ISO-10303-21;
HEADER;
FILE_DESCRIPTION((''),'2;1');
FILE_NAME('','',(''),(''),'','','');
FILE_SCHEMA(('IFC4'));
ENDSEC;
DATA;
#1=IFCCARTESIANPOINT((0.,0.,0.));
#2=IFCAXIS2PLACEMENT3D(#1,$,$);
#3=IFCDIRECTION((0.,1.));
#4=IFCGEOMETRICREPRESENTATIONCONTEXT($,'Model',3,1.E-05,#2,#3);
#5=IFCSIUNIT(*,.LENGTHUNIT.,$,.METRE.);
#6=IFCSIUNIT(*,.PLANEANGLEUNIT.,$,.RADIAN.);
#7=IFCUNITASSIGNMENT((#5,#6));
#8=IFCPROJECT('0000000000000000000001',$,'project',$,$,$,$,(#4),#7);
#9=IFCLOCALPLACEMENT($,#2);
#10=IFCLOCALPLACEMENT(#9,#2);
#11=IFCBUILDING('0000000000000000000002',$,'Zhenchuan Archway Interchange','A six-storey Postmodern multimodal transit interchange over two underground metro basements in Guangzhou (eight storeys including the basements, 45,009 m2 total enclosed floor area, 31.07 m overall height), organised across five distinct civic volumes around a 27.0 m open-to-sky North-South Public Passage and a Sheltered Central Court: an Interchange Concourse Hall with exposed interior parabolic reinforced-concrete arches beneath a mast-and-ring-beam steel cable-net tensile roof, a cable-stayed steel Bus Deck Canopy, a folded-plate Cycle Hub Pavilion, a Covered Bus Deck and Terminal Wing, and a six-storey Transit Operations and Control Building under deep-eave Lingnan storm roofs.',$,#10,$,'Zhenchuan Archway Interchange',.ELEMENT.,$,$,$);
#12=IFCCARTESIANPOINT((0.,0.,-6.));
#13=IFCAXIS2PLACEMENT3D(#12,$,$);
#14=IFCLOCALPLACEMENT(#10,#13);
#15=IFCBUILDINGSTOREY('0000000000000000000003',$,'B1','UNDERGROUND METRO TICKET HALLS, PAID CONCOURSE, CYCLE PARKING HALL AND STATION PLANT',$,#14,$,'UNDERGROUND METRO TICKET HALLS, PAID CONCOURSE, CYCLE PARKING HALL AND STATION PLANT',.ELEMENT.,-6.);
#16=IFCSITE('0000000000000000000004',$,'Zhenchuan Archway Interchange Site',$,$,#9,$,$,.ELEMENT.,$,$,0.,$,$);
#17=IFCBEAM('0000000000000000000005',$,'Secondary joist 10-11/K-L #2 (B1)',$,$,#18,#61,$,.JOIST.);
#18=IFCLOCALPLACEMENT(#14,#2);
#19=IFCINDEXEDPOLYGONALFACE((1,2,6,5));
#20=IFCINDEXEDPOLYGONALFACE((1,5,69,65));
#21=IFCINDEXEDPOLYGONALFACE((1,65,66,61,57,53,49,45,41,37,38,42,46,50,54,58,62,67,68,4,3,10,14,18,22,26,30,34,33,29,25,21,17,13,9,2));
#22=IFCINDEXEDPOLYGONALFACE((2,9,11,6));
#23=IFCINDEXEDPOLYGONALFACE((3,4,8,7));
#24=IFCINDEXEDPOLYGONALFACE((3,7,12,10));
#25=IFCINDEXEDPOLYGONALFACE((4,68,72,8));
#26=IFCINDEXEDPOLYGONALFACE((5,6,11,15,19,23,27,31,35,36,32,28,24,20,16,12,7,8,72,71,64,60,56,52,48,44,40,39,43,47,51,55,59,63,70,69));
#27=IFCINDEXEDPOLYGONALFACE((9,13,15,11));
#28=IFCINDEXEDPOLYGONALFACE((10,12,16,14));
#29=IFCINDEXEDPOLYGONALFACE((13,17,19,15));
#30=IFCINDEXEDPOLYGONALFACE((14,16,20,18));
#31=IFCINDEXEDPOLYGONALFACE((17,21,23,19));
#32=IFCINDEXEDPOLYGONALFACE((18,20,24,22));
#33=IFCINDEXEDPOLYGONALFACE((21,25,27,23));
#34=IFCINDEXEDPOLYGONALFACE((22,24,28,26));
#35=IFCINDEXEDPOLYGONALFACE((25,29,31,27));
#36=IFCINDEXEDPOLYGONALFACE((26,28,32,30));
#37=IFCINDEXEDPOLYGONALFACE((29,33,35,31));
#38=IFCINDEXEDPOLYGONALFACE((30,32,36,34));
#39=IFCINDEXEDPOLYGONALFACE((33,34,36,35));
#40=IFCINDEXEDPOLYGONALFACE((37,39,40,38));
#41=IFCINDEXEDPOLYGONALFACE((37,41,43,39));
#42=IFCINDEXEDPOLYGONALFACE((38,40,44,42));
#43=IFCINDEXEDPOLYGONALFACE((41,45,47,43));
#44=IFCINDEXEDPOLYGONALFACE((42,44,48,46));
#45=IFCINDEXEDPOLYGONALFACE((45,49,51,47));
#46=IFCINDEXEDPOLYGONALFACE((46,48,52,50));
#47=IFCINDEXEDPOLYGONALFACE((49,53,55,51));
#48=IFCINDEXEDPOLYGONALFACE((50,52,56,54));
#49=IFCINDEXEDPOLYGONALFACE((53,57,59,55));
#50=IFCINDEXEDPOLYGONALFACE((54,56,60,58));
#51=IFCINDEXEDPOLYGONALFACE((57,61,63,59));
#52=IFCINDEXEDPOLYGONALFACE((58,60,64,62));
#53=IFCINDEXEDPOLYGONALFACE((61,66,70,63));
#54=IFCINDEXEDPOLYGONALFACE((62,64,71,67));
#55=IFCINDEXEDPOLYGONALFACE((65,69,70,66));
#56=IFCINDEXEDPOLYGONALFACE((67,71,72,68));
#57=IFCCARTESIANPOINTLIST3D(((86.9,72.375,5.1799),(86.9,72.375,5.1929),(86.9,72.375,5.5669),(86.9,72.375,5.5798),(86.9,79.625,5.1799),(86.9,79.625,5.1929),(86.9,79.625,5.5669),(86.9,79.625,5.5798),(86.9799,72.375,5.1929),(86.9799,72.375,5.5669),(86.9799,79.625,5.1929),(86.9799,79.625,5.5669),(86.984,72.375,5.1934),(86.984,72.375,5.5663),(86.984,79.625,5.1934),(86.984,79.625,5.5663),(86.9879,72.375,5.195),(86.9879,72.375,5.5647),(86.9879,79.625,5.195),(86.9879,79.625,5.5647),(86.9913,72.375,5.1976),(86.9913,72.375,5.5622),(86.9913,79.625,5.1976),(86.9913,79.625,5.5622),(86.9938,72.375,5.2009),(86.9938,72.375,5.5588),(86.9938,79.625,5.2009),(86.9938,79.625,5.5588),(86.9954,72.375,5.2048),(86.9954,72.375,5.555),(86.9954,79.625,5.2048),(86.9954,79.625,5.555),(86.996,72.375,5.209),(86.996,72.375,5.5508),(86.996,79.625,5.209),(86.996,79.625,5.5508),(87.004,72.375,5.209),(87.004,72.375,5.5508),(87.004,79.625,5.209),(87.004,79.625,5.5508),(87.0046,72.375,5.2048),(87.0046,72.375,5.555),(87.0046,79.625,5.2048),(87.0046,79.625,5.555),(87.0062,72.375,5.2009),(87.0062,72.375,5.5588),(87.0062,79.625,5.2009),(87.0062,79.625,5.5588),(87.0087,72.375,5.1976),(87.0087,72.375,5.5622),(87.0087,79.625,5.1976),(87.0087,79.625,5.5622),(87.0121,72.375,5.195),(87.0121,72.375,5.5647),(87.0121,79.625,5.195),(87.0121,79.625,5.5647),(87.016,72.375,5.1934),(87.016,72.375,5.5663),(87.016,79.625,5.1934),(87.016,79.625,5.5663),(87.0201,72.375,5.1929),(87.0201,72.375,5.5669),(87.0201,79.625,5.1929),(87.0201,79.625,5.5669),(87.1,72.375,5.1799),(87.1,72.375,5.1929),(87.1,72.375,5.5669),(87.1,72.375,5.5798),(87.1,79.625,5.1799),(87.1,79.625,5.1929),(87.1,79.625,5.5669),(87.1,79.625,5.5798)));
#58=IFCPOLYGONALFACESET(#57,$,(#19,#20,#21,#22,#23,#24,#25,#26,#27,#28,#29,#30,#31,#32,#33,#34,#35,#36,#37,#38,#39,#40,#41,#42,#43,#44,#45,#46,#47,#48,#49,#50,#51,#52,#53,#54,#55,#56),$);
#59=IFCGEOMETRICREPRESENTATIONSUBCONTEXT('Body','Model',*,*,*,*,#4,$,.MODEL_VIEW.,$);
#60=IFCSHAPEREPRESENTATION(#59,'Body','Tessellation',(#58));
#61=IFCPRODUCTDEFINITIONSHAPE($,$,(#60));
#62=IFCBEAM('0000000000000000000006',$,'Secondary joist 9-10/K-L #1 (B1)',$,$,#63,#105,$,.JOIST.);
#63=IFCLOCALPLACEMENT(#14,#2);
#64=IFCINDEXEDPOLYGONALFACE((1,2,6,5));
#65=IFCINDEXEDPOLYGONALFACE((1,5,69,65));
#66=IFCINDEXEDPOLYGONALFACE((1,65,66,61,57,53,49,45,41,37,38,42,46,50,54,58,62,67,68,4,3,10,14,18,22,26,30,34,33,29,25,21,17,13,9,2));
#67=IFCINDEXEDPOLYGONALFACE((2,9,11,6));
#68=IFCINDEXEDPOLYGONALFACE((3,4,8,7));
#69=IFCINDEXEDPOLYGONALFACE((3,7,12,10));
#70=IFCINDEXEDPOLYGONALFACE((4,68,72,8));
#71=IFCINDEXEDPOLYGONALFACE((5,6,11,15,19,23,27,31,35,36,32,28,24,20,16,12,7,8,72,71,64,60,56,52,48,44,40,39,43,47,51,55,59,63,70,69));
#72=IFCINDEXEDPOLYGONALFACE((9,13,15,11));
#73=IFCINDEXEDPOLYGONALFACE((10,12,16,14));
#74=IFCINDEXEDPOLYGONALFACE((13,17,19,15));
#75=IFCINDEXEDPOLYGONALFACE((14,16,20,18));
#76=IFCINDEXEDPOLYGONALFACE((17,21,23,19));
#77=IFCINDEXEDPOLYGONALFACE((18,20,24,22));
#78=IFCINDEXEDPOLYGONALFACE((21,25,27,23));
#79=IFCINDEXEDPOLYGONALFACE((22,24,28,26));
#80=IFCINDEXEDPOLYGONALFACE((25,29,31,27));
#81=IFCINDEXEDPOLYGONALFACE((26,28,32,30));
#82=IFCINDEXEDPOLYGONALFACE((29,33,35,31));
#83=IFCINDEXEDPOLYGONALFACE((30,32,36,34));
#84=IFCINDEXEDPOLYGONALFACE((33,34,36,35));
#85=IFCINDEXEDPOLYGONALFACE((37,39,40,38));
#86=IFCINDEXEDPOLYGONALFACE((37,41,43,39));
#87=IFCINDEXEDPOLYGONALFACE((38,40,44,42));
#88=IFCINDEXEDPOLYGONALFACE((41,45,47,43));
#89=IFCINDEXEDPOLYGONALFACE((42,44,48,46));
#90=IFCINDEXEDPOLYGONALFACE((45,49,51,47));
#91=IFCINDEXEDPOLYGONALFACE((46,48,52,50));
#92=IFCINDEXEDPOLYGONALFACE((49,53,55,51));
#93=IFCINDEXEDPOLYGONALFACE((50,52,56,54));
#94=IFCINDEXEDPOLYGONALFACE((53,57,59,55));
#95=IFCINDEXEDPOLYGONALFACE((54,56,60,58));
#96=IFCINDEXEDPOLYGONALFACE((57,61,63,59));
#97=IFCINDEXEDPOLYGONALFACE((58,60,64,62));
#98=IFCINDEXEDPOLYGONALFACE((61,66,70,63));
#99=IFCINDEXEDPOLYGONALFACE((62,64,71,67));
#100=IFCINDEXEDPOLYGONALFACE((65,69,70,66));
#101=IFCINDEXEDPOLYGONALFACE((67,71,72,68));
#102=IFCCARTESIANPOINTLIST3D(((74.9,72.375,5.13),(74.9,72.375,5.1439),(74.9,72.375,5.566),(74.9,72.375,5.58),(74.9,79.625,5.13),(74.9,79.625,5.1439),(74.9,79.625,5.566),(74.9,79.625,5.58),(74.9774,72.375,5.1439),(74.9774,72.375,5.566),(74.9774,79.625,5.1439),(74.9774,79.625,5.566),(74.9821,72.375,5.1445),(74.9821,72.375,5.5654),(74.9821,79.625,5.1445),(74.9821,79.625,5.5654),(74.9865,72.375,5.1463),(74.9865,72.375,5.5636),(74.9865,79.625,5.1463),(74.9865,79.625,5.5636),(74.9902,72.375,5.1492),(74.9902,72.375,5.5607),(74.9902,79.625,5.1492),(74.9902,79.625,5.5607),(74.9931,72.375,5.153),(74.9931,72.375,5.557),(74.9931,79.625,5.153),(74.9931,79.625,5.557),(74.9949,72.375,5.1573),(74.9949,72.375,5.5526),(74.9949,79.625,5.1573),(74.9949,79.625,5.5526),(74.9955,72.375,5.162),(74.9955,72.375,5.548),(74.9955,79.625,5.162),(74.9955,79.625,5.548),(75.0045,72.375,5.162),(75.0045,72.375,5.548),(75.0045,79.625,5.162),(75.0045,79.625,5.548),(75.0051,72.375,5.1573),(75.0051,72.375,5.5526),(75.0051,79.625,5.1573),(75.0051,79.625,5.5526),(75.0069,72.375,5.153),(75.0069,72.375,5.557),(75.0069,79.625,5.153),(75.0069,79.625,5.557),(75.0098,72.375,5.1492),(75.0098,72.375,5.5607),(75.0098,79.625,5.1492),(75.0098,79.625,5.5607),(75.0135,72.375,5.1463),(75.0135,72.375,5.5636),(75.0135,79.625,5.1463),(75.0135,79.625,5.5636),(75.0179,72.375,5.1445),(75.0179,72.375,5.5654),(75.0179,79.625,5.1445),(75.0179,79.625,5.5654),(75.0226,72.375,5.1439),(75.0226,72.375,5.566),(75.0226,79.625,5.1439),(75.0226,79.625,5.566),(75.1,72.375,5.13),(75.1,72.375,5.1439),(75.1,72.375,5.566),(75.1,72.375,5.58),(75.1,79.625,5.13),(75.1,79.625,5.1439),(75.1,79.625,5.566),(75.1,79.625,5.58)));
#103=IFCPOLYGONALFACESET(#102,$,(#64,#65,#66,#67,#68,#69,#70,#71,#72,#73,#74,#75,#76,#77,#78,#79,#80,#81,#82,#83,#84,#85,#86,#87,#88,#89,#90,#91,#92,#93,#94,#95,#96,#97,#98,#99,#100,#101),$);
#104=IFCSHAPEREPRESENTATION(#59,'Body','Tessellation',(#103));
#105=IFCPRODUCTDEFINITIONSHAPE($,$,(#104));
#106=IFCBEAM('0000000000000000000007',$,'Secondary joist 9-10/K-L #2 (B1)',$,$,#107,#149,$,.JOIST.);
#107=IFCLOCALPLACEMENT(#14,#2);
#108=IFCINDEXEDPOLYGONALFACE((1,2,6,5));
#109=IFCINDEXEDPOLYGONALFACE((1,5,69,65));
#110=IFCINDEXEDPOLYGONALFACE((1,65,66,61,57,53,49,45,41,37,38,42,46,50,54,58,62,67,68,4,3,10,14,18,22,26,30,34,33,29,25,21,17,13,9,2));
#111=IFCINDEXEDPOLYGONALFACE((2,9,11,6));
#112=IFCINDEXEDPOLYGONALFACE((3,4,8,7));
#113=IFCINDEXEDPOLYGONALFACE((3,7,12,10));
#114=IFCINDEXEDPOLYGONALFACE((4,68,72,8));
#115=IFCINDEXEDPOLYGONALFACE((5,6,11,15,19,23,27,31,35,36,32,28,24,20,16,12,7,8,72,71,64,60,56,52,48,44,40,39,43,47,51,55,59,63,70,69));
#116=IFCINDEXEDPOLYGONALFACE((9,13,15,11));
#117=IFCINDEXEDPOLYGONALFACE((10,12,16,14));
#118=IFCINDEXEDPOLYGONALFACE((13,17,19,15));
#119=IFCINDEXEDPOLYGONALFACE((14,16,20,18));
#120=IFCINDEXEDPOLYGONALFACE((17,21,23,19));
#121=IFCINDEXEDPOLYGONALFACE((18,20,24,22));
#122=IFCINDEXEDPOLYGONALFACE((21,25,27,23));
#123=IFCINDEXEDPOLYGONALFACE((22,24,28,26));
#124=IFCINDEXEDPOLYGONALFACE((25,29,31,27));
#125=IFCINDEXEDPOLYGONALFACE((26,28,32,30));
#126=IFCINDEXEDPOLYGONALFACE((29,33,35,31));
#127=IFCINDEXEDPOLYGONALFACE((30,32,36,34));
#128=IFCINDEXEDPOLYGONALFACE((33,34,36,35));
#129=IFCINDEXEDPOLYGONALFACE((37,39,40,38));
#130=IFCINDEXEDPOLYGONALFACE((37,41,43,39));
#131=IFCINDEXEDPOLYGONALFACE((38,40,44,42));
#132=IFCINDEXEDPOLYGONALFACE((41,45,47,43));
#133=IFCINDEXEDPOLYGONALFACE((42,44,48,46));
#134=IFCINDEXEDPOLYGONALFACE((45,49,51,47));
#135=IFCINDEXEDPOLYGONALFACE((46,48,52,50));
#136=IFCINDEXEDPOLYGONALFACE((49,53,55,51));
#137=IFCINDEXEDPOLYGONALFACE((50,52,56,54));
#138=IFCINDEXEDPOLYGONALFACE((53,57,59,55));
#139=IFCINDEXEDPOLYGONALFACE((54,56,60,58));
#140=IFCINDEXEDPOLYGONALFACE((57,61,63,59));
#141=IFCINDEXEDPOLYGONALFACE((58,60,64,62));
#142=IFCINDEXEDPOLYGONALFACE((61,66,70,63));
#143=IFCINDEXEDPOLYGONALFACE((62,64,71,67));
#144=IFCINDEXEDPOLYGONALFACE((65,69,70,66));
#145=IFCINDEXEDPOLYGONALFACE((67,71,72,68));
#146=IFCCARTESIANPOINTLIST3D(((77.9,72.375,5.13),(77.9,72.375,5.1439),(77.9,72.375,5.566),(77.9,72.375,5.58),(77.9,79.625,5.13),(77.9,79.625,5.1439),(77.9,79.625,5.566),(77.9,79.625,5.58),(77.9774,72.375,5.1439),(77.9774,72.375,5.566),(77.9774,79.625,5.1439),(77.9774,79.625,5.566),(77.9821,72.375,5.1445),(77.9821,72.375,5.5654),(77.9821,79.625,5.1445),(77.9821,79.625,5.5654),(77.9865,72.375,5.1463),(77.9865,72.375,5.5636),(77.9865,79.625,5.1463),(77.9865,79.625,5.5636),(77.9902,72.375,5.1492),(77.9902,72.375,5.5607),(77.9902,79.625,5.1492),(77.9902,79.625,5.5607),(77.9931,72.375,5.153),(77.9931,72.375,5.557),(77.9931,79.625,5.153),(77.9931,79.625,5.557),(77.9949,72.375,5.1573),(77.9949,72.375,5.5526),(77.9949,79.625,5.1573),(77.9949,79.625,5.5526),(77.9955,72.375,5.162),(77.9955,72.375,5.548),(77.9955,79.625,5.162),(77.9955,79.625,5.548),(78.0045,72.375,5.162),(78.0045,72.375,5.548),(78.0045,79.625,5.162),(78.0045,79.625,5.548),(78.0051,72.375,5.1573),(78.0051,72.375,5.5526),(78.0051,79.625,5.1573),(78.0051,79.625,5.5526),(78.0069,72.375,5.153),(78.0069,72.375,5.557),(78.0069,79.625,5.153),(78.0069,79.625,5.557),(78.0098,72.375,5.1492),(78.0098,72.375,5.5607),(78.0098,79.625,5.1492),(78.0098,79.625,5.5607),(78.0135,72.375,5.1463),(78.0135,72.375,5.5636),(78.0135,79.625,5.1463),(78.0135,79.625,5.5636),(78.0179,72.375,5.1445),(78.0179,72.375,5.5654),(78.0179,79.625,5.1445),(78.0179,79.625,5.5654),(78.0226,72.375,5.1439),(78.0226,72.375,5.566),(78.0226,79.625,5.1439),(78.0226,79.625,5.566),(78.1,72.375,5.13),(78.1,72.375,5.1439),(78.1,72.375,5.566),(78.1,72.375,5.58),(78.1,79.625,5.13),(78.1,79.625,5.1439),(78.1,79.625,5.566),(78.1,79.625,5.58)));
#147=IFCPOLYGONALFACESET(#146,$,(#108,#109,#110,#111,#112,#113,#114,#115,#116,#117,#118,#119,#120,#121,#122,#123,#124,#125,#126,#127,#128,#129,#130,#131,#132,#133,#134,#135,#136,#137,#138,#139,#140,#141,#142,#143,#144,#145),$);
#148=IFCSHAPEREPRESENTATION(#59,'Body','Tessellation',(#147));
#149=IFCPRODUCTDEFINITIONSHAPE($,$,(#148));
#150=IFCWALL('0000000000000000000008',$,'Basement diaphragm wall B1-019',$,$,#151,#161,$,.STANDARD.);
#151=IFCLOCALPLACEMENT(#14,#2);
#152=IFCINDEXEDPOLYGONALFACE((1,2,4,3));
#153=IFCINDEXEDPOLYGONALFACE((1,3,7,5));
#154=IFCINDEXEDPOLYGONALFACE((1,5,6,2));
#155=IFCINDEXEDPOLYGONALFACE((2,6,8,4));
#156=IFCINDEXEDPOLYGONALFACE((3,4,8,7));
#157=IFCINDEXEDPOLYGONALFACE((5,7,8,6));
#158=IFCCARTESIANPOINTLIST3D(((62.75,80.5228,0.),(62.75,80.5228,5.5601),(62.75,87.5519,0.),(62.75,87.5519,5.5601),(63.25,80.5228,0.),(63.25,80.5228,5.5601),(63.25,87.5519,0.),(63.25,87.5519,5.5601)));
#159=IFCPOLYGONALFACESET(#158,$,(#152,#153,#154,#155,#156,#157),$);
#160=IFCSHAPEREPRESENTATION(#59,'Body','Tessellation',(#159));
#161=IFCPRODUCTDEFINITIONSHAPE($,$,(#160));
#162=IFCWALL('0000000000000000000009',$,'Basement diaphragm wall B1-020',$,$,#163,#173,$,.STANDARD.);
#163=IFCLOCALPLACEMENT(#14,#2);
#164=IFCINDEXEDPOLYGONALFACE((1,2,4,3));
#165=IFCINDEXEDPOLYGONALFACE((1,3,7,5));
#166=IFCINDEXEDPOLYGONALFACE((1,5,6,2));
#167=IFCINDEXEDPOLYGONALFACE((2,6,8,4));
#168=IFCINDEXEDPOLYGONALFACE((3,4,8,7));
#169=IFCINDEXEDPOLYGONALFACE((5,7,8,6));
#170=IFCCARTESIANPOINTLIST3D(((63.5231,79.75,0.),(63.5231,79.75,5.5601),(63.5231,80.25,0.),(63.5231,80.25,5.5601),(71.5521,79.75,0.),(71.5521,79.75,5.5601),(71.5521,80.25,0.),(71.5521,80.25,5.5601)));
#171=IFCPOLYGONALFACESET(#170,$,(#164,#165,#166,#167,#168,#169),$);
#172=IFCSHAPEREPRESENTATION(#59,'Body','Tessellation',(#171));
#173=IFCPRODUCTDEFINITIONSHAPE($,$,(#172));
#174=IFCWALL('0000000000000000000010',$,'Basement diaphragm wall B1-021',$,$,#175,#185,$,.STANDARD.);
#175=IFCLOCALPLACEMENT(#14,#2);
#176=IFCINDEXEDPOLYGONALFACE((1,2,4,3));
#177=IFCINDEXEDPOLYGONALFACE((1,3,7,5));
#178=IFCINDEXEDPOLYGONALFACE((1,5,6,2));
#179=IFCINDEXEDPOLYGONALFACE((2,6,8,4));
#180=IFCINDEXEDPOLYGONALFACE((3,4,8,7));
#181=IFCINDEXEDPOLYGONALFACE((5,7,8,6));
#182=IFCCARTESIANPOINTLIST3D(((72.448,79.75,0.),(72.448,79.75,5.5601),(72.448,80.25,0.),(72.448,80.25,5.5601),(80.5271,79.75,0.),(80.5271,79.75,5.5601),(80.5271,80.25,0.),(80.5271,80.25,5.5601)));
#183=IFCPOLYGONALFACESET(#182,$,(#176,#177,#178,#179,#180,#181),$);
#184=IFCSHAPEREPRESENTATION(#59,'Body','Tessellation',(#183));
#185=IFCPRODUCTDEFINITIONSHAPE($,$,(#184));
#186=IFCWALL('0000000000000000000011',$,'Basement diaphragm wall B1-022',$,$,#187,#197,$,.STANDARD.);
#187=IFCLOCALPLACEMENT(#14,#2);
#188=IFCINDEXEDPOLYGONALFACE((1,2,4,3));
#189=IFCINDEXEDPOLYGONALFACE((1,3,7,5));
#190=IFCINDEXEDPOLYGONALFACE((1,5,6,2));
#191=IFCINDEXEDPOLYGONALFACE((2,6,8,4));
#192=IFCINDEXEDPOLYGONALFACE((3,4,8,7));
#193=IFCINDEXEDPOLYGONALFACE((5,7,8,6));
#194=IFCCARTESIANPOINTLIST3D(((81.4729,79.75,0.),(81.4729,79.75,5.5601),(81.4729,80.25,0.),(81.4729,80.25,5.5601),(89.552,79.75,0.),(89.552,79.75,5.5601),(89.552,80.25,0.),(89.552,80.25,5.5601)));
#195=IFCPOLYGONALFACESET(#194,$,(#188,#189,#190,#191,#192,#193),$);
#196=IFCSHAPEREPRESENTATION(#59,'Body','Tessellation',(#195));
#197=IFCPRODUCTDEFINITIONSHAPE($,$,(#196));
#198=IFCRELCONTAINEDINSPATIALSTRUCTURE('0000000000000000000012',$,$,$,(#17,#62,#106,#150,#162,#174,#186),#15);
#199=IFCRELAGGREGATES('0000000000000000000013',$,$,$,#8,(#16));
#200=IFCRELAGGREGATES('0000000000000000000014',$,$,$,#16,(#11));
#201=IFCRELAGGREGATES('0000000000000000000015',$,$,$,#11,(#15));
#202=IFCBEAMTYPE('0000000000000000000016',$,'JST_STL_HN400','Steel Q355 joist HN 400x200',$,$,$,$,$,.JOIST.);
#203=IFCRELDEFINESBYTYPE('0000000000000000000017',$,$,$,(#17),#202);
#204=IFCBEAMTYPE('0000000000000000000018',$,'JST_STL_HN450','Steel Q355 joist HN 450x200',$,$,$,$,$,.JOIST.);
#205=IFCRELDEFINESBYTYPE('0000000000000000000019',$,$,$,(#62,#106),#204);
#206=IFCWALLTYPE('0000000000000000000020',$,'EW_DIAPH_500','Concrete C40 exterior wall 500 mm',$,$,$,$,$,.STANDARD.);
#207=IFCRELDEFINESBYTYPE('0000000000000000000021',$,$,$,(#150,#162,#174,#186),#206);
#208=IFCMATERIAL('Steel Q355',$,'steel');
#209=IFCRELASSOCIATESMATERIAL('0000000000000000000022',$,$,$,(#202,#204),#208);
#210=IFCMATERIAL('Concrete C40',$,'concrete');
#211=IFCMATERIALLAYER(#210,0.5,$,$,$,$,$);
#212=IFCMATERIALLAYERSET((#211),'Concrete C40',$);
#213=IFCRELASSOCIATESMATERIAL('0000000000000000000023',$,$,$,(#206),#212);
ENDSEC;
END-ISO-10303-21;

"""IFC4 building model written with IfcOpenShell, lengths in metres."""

from ifc_helpers import new_model, si_unit, direction, frame, frame_2d, origin, origin_2d, place, context, subcontext, project, spatial, rectangle, i_section, extrude, material, layer, layer_set, material_profile, profile_set, type_object, element, save


model = new_model("IFC4")

# Units and contexts
model_context = context("Model", 3, precision=1e-05, world=origin(), true_north=direction((0.0, 1.0)))
body_context = subcontext(model_context, "Body", "Model", "MODEL_VIEW")
ifc_project = project(units=[si_unit("LENGTHUNIT", "METRE"), si_unit("PLANEANGLEUNIT", "RADIAN")], contexts=[model_context])

# Site, building, storey
site_placement = place(None, origin())
site = spatial("IfcSite", under=ifc_project, at=site_placement, Name="Zhenchuan Archway Interchange Site", CompositionType="ELEMENT", RefElevation=0.0)
building_placement = place(site_placement, origin())
building = spatial("IfcBuilding", under=site, at=building_placement, Name="Zhenchuan Archway Interchange", Description="A six-storey Postmodern multimodal transit interchange over two underground metro basements in Guangzhou (eight storeys including the basements, 45,009 m2 total enclosed floor area, 31.07 m overall height), organised across five distinct civic volumes around a 27.0 m open-to-sky North-South Public Passage and a Sheltered Central Court: an Interchange Concourse Hall with exposed interior parabolic reinforced-concrete arches beneath a mast-and-ring-beam steel cable-net tensile roof, a cable-stayed steel Bus Deck Canopy, a folded-plate Cycle Hub Pavilion, a Covered Bus Deck and Terminal Wing, and a six-storey Transit Operations and Control Building under deep-eave Lingnan storm roofs.", LongName="Zhenchuan Archway Interchange", CompositionType="ELEMENT")
storey_placement = place(building_placement, frame((0.0, 0.0, -6.0)))
storey = spatial("IfcBuildingStorey", under=building, at=storey_placement, Name="B1", Description="UNDERGROUND METRO TICKET HALLS, PAID CONCOURSE, CYCLE PARKING HALL AND STATION PLANT", LongName="UNDERGROUND METRO TICKET HALLS, PAID CONCOURSE, CYCLE PARKING HALL AND STATION PLANT", CompositionType="ELEMENT", Elevation=-6.0)

# Beams
ifc_material_1 = material(Name="Concrete C40", Category="concrete")
ifc_material_2 = material(Name="Steel Q355", Category="steel")
ifc_material_profile_1 = material_profile(ifc_material_2, i_section(OverallWidth=0.2, OverallDepth=0.3999, WebThickness=0.0081, FlangeThickness=0.0129, FilletRadius=0.0161, at=origin_2d()), Name="HN 400x200")
ifc_profile_set_1 = profile_set([ifc_material_profile_1], Name="Steel Q355")
beam_type_1 = type_object("IfcBeamType", Name="JST_STL_HN400", Description="Steel Q355 joist HN 400x200", PredefinedType="JOIST", material=ifc_profile_set_1)
for number, where, z_axis, x_axis, name in (
    (1, (87.0, 72.375, 5.3799), (0.0, 1.0, 0.0), (-1.0, 0.0, 0.0), "Secondary joist 10-11/K-L #2 (B1)"),
):
    element("IfcBeam", number, at=place(storey_placement, frame(where, z_axis=z_axis, x_axis=x_axis)), inside=storey, type_object=beam_type_1, Name=name, PredefinedType="JOIST", context=body_context, shape_type="SweptSolid", body=[
        extrude(i_section(OverallWidth=0.2, OverallDepth=0.3999, WebThickness=0.0081, FlangeThickness=0.0129, FilletRadius=0.0161, at=origin_2d()), origin(), (0.0, 0.0, 1.0), 7.25),
    ])
ifc_material_profile_2 = material_profile(ifc_material_2, i_section(OverallWidth=0.2, OverallDepth=0.45, WebThickness=0.009, FlangeThickness=0.0139, FilletRadius=0.0181, at=origin_2d()), Name="HN 450x200")
ifc_profile_set_2 = profile_set([ifc_material_profile_2], Name="Steel Q355")
beam_type_2 = type_object("IfcBeamType", Name="JST_STL_HN450", Description="Steel Q355 joist HN 450x200", PredefinedType="JOIST", material=ifc_profile_set_2)
for number, where, z_axis, x_axis, name in (
    (2, (75.0, 72.375, 5.355), (0.0, 1.0, 0.0), (-1.0, 0.0, 0.0), "Secondary joist 9-10/K-L #1 (B1)"),
    (3, (78.0, 72.375, 5.355), (0.0, 1.0, 0.0), (-1.0, 0.0, 0.0), "Secondary joist 9-10/K-L #2 (B1)"),
):
    element("IfcBeam", number, at=place(storey_placement, frame(where, z_axis=z_axis, x_axis=x_axis)), inside=storey, type_object=beam_type_2, Name=name, PredefinedType="JOIST", context=body_context, shape_type="SweptSolid", body=[
        extrude(i_section(OverallWidth=0.2, OverallDepth=0.45, WebThickness=0.009, FlangeThickness=0.0139, FilletRadius=0.0181, at=origin_2d()), origin(), (0.0, 0.0, 1.0), 7.25),
    ])

# Walls
ifc_layer_1 = layer(ifc_material_1, 0.5)
ifc_layer_set_1 = layer_set([ifc_layer_1], Name="Concrete C40")
wall_type_1 = type_object("IfcWallType", Name="EW_DIAPH_500", Description="Concrete C40 exterior wall 500 mm", PredefinedType="STANDARD", material=ifc_layer_set_1)
wall_1_placement = place(storey_placement, frame((63.0, 87.552, 0.0), z_axis=(0.0, 0.0, 1.0), x_axis=(0.0, -1.0, 0.0)))
element("IfcWall", 4, at=wall_1_placement, inside=storey, type_object=wall_type_1, Name="Basement diaphragm wall B1-019", PredefinedType="STANDARD", context=body_context, shape_type="SweptSolid", body=[
    extrude(rectangle(XDim=7.0291, YDim=0.5, at=frame_2d((3.5146, 0.0))), origin(), (0.0, 0.0, 1.0), 5.5601),
])
wall_2_placement = place(storey_placement, frame((63.5229, 80.0, 0.0), z_axis=(0.0, 0.0, 1.0), x_axis=(1.0, 0.0, 0.0)))
element("IfcWall", 5, at=wall_2_placement, inside=storey, type_object=wall_type_1, Name="Basement diaphragm wall B1-020", PredefinedType="STANDARD", context=body_context, shape_type="SweptSolid", body=[
    extrude(rectangle(XDim=8.0291, YDim=0.5, at=frame_2d((4.0146, 0.0))), origin(), (0.0, 0.0, 1.0), 5.5601),
])
for number, where, z_axis, x_axis, name in (
    (6, (72.448, 80.0, 0.0), (0.0, 0.0, 1.0), (1.0, 0.0, 0.0), "Basement diaphragm wall B1-021"),
    (7, (81.4729, 80.0, 0.0), (0.0, 0.0, 1.0), (1.0, 0.0, 0.0), "Basement diaphragm wall B1-022"),
):
    element("IfcWall", number, at=place(storey_placement, frame(where, z_axis=z_axis, x_axis=x_axis)), inside=storey, type_object=wall_type_1, Name=name, PredefinedType="STANDARD", context=body_context, shape_type="SweptSolid", body=[
        extrude(rectangle(XDim=8.0791, YDim=0.5, at=frame_2d((4.0396, 0.0))), origin(), (0.0, 0.0, 1.0), 5.5601),
    ])

save(model, "model.ifc")
